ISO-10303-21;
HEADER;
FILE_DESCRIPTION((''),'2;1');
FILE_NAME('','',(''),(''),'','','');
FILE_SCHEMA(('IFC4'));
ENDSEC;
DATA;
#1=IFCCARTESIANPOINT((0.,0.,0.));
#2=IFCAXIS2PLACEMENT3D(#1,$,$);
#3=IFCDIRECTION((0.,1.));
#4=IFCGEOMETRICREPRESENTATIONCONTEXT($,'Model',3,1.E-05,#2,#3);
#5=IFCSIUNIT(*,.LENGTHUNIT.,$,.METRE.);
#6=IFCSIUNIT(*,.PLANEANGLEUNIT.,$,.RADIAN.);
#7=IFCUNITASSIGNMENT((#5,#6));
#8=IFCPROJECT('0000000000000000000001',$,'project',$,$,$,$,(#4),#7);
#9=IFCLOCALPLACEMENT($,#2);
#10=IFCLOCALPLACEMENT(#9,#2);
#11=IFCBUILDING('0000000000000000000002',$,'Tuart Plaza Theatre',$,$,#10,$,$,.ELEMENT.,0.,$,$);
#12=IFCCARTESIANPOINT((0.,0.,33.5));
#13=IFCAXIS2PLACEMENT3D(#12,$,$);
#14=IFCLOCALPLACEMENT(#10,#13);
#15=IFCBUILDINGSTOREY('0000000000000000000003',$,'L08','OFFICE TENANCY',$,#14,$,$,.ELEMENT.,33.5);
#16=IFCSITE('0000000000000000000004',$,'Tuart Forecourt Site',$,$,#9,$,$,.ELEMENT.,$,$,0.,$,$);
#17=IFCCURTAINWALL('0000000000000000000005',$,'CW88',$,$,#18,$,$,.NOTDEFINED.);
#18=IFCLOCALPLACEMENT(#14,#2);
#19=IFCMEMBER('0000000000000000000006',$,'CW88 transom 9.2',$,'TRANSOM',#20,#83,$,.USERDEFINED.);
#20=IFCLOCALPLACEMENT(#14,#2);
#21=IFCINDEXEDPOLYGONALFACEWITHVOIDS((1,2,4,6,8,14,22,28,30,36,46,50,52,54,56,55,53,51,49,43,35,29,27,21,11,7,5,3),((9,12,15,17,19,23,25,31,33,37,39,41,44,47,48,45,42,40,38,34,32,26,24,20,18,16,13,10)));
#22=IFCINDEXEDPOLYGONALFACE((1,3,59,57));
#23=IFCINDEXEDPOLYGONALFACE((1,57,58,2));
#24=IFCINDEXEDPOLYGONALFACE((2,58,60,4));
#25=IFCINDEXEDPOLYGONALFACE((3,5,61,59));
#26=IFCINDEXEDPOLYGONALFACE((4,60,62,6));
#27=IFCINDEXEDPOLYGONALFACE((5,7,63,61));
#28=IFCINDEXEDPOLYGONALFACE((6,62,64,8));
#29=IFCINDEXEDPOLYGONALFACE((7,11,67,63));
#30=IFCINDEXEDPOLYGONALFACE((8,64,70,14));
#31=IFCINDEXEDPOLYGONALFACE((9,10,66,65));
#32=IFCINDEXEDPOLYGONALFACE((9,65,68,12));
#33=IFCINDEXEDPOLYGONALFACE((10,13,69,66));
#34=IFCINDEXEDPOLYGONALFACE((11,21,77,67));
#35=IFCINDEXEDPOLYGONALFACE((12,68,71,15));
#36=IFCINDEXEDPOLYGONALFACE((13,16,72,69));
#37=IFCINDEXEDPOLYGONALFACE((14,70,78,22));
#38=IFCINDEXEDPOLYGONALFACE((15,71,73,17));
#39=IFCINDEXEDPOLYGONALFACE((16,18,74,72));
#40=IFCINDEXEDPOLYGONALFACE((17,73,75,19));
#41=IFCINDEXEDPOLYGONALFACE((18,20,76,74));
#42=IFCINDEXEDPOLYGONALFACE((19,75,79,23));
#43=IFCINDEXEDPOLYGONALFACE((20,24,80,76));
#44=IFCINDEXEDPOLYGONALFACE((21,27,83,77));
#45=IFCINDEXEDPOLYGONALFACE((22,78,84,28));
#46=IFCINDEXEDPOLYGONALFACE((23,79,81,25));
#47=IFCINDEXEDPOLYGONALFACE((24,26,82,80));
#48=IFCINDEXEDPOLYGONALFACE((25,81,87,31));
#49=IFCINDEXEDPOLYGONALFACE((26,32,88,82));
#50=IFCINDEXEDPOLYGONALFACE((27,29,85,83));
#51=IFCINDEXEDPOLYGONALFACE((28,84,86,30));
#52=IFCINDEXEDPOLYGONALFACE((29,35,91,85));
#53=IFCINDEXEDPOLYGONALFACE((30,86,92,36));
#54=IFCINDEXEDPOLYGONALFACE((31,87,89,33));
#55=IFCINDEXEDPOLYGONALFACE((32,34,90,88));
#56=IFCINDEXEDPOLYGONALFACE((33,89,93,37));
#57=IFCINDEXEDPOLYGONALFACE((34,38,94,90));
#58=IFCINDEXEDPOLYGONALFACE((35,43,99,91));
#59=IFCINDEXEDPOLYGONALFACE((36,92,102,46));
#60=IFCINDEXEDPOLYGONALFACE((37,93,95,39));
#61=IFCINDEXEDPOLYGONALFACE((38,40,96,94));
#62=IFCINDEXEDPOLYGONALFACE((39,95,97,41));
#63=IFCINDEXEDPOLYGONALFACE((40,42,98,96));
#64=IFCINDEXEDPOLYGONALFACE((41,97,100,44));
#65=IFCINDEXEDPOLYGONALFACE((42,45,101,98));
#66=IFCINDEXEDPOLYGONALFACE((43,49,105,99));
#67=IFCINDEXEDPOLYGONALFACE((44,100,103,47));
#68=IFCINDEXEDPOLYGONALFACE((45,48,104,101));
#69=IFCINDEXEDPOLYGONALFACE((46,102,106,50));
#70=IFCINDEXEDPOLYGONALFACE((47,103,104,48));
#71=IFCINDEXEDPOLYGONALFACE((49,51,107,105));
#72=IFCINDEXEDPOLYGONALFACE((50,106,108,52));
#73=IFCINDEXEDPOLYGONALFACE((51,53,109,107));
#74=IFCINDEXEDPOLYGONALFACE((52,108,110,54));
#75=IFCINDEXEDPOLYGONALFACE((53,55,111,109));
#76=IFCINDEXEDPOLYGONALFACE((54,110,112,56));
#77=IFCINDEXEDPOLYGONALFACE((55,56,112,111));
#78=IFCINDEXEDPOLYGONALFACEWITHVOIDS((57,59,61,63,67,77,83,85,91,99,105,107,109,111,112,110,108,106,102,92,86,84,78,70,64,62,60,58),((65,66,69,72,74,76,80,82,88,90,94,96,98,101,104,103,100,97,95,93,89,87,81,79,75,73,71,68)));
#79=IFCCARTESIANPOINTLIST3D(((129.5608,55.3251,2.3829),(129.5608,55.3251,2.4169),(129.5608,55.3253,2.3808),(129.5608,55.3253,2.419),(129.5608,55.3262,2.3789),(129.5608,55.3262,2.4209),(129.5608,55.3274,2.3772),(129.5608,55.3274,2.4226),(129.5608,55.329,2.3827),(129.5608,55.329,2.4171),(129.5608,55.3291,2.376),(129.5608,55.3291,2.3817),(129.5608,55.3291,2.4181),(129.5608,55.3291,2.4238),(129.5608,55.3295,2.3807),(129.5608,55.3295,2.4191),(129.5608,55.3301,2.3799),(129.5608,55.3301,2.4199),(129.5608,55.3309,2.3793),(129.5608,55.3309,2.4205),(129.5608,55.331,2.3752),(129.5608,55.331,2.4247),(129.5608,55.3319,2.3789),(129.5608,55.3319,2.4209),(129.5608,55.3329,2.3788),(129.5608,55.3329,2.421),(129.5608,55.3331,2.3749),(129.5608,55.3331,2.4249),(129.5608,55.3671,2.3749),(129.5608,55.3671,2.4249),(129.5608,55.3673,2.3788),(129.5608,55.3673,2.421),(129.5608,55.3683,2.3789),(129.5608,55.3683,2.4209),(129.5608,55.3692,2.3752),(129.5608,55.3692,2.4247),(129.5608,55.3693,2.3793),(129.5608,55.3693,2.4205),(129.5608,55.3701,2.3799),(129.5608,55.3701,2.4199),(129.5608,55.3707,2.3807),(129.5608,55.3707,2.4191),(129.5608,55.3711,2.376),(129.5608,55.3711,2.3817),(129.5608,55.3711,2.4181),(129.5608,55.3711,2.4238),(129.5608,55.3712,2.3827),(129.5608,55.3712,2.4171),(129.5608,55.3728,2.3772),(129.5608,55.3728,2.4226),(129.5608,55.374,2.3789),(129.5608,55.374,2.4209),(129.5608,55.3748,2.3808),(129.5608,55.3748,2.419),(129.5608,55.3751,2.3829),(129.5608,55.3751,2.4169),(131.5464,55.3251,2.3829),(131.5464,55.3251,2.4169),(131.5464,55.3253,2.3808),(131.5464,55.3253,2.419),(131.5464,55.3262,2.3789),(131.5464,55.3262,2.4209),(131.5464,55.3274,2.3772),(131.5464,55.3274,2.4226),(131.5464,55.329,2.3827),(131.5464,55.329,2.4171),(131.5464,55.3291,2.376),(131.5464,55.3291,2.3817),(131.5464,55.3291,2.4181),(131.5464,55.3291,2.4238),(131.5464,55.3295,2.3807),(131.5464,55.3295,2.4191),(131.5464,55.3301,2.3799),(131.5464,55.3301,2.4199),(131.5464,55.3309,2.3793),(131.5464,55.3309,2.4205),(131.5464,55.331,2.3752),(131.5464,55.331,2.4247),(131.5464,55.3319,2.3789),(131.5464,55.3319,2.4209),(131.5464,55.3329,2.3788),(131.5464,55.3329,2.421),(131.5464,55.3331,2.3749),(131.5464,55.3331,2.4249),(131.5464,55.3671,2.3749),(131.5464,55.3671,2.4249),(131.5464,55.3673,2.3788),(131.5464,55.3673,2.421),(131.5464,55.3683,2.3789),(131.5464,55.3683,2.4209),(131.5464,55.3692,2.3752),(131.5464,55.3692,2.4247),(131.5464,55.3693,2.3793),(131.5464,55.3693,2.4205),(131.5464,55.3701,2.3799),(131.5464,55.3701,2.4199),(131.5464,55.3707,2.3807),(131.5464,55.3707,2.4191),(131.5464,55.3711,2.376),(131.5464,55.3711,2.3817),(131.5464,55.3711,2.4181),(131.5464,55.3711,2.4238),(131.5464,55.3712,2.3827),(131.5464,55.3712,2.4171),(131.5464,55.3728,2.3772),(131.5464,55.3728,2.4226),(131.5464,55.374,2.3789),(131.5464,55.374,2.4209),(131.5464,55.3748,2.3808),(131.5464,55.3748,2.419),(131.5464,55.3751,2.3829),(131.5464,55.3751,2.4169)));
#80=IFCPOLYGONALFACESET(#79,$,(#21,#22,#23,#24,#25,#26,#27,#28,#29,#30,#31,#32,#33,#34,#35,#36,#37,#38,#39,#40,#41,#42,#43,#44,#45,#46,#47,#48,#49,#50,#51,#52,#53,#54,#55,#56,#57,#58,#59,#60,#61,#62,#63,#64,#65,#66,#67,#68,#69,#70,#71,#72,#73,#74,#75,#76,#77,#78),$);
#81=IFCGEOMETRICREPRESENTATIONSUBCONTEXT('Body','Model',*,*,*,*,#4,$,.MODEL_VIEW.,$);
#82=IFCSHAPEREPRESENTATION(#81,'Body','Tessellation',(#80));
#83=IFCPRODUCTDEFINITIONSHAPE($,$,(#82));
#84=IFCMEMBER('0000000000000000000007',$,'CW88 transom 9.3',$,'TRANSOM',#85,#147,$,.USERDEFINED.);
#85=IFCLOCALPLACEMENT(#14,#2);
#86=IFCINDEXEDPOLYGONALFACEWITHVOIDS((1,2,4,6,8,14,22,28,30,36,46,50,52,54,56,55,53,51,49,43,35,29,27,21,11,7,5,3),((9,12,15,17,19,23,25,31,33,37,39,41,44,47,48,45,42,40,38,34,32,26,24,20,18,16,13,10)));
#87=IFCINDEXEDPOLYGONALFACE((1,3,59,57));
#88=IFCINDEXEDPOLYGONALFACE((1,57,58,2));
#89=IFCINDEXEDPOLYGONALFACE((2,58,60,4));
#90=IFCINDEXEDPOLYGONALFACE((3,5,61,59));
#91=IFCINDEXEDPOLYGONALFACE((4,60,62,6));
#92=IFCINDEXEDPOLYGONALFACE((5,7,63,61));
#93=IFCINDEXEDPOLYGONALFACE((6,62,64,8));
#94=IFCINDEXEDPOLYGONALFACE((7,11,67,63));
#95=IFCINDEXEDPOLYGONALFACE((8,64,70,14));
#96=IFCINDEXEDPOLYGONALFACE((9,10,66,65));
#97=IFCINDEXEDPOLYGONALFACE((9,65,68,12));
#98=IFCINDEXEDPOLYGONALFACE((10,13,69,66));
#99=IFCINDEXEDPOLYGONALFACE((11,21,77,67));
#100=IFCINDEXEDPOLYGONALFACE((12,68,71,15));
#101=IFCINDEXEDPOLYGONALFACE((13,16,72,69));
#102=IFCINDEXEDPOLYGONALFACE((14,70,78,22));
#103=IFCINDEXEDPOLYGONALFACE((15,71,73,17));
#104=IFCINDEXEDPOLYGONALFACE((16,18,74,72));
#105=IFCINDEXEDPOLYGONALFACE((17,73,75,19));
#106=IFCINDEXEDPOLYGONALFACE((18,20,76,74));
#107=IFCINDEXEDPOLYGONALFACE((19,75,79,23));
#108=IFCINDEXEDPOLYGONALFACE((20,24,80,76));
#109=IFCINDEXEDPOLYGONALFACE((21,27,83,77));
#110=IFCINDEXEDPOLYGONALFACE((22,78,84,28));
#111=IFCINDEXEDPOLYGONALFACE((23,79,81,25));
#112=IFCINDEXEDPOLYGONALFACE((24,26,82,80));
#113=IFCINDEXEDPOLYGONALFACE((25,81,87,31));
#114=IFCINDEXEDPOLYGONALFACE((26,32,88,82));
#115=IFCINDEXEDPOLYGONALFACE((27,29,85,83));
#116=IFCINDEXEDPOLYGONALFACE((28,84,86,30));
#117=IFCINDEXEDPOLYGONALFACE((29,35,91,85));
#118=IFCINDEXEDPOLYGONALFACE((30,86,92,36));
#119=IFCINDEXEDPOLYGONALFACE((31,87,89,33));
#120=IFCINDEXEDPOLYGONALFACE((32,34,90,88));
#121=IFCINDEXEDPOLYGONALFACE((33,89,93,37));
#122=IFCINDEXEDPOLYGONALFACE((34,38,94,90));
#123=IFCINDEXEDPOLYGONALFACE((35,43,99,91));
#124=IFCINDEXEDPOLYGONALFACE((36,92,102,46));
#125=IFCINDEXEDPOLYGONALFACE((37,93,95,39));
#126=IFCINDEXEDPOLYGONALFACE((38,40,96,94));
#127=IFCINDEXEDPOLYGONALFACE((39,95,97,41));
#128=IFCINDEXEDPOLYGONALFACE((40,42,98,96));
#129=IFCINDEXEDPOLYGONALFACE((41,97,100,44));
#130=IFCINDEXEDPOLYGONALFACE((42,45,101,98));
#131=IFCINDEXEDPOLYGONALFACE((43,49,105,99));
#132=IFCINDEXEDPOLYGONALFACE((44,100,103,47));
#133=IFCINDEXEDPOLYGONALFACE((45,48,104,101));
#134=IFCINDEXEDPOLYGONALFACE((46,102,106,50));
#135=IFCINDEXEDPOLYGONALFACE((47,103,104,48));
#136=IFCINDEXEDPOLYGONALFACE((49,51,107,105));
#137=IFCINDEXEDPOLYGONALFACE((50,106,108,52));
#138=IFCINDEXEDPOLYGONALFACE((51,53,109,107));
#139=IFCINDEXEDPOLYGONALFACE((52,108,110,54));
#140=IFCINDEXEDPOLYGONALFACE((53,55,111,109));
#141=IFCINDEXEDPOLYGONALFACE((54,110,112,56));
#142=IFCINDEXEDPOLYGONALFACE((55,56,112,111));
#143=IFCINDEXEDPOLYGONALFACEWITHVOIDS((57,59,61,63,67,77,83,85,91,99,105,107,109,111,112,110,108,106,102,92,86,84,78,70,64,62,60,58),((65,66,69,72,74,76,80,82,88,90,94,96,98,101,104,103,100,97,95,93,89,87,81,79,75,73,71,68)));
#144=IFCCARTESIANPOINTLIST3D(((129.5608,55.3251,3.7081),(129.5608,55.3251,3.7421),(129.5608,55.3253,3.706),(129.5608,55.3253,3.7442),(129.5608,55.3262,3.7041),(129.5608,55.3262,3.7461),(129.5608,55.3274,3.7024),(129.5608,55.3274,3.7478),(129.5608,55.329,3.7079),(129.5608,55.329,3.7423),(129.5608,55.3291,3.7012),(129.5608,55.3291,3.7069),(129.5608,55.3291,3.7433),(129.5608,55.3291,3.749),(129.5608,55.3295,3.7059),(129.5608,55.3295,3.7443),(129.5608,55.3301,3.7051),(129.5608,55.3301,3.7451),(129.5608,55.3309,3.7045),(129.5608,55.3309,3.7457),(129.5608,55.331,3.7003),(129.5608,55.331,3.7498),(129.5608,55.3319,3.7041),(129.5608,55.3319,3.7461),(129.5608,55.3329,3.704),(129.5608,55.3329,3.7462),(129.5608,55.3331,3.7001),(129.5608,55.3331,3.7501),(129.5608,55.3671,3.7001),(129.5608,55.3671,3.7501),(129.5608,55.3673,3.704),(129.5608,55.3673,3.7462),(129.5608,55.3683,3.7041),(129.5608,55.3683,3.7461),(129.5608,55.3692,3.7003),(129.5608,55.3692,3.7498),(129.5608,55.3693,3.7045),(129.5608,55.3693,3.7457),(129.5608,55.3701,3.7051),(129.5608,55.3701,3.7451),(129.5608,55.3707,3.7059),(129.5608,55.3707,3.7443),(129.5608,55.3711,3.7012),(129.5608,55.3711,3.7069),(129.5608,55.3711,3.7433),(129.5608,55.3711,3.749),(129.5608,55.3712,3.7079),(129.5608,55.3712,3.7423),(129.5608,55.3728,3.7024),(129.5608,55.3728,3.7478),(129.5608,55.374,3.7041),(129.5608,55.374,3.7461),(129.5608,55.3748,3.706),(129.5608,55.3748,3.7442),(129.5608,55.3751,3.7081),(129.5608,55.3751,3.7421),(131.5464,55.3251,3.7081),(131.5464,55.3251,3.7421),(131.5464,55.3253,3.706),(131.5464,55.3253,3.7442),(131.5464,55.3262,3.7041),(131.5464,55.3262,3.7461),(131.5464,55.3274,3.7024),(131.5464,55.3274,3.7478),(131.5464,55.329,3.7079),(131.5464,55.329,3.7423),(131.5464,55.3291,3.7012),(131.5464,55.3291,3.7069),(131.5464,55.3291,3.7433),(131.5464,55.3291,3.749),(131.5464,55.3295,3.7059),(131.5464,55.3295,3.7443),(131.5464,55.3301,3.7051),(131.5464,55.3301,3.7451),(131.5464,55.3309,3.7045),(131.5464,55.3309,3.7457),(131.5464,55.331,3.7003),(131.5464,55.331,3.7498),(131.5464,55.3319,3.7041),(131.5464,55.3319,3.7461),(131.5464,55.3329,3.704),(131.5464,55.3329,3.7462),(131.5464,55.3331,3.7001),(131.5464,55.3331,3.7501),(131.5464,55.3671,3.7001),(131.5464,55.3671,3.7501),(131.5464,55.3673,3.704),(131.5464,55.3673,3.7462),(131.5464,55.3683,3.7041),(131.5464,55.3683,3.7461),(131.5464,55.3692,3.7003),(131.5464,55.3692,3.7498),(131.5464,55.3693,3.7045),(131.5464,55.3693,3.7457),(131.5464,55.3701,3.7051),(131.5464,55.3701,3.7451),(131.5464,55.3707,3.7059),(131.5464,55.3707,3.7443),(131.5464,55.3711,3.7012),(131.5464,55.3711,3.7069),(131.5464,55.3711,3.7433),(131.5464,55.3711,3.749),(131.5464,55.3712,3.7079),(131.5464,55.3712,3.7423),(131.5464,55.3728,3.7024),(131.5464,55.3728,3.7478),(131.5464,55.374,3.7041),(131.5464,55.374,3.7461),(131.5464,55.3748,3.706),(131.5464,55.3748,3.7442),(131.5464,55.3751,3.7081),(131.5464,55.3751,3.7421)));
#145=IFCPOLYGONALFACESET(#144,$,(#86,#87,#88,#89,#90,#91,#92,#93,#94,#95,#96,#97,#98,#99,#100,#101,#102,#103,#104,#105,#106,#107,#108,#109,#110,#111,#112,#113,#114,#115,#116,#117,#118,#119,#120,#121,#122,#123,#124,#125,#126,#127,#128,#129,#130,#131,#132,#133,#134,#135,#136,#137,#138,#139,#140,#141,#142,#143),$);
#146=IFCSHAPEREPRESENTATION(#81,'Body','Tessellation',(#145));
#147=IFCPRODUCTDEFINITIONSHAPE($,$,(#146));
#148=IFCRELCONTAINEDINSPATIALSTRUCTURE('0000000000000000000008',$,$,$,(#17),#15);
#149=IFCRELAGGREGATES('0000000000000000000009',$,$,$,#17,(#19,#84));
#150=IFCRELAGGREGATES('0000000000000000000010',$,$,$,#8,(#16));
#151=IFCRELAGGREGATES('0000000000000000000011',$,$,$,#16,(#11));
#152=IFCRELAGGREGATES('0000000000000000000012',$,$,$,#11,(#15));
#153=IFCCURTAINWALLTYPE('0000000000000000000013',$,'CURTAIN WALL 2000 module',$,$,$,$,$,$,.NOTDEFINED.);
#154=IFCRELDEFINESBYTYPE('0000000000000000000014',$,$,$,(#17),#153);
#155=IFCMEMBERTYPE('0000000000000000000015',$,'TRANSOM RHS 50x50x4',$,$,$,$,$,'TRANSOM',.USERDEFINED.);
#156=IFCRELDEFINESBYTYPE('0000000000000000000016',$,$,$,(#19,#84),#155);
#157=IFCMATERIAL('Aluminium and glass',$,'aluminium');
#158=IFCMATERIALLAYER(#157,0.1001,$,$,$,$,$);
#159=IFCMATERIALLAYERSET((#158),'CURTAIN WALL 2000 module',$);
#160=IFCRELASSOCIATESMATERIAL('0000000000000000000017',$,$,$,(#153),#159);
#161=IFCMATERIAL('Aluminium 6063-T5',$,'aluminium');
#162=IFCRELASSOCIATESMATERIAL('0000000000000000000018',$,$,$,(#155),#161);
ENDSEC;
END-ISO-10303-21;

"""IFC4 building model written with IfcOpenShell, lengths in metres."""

from ifc_helpers import new_model, si_unit, direction, frame, origin, origin_2d, place, context, subcontext, project, spatial, hollow_rectangle, extrude, material, layer, layer_set, material_profile, profile_set, type_object, element, aggregate, save


model = new_model("IFC4")

# Units and contexts
model_context = context("Model", 3, precision=1e-05, world=origin(), true_north=direction((0.0, 1.0)))
body_context = subcontext(model_context, "Body", "Model", "MODEL_VIEW")
ifc_project = project(units=[si_unit("LENGTHUNIT", "METRE"), si_unit("PLANEANGLEUNIT", "RADIAN")], contexts=[model_context])

# Site, building, storey
site_placement = place(None, origin())
site = spatial("IfcSite", under=ifc_project, at=site_placement, Name="Tuart Forecourt Site", CompositionType="ELEMENT", RefElevation=0.0)
building_placement = place(site_placement, origin())
building = spatial("IfcBuilding", under=site, at=building_placement, Name="Tuart Plaza Theatre", CompositionType="ELEMENT", ElevationOfRefHeight=0.0)
storey_placement = place(building_placement, frame((0.0, 0.0, 33.5)))
storey = spatial("IfcBuildingStorey", under=building, at=storey_placement, Name="L08", Description="OFFICE TENANCY", CompositionType="ELEMENT", Elevation=33.5)

# Curtain wall, members
ifc_material_1 = material(Name="Aluminium and glass", Category="aluminium")
ifc_layer_1 = layer(ifc_material_1, 0.1001)
ifc_layer_set_1 = layer_set([ifc_layer_1], Name="CURTAIN WALL 2000 module")
curtain_wall_type = type_object("IfcCurtainWallType", Name="CURTAIN WALL 2000 module", PredefinedType="NOTDEFINED", material=ifc_layer_set_1)
curtain_wall_placement = place(storey_placement, origin())
curtain_wall = element("IfcCurtainWall", 1, at=curtain_wall_placement, inside=storey, type_object=curtain_wall_type, Name="CW88", PredefinedType="NOTDEFINED")
ifc_material_2 = material(Name="Aluminium 6063-T5", Category="aluminium")
ifc_material_profile_1 = material_profile(ifc_material_2, hollow_rectangle(XDim=0.05, YDim=0.05, WallThickness=0.0039, InnerFilletRadius=0.0039, OuterFilletRadius=0.0081, at=origin_2d()), Name="RHS 50x50x4")
ifc_profile_set_1 = profile_set([ifc_material_profile_1], Name="Aluminium 6063-T5")
member_type_1 = type_object("IfcMemberType", Name="TRANSOM RHS 50x50x4", ElementType="TRANSOM", PredefinedType="USERDEFINED", material=ifc_profile_set_1)
member_1_placement = place(storey_placement, frame((129.5608, 55.3501, 2.3999), z_axis=(1.0, 0.0, 0.0), x_axis=(0.0, 1.0, 0.0)))
member_1 = element("IfcMember", 2, at=member_1_placement, type_object=member_type_1, Name="CW88 transom 9.2", ObjectType="TRANSOM", PredefinedType="USERDEFINED", context=body_context, shape_type="SweptSolid", body=[
    extrude(hollow_rectangle(XDim=0.05, YDim=0.05, WallThickness=0.0039, InnerFilletRadius=0.0039, OuterFilletRadius=0.0081, at=origin_2d()), origin(), (0.0, 0.0, 1.0), 1.9856),
])
member_2_placement = place(storey_placement, frame((129.5608, 55.3501, 3.7251), z_axis=(1.0, 0.0, 0.0), x_axis=(0.0, 1.0, 0.0)))
member_2 = element("IfcMember", 3, at=member_2_placement, type_object=member_type_1, Name="CW88 transom 9.3", ObjectType="TRANSOM", PredefinedType="USERDEFINED", context=body_context, shape_type="SweptSolid", body=[
    extrude(hollow_rectangle(XDim=0.05, YDim=0.05, WallThickness=0.0039, InnerFilletRadius=0.0039, OuterFilletRadius=0.0081, at=origin_2d()), origin(), (0.0, 0.0, 1.0), 1.9856),
])
aggregate(curtain_wall, [member_1, member_2])

save(model, "model.ifc")
